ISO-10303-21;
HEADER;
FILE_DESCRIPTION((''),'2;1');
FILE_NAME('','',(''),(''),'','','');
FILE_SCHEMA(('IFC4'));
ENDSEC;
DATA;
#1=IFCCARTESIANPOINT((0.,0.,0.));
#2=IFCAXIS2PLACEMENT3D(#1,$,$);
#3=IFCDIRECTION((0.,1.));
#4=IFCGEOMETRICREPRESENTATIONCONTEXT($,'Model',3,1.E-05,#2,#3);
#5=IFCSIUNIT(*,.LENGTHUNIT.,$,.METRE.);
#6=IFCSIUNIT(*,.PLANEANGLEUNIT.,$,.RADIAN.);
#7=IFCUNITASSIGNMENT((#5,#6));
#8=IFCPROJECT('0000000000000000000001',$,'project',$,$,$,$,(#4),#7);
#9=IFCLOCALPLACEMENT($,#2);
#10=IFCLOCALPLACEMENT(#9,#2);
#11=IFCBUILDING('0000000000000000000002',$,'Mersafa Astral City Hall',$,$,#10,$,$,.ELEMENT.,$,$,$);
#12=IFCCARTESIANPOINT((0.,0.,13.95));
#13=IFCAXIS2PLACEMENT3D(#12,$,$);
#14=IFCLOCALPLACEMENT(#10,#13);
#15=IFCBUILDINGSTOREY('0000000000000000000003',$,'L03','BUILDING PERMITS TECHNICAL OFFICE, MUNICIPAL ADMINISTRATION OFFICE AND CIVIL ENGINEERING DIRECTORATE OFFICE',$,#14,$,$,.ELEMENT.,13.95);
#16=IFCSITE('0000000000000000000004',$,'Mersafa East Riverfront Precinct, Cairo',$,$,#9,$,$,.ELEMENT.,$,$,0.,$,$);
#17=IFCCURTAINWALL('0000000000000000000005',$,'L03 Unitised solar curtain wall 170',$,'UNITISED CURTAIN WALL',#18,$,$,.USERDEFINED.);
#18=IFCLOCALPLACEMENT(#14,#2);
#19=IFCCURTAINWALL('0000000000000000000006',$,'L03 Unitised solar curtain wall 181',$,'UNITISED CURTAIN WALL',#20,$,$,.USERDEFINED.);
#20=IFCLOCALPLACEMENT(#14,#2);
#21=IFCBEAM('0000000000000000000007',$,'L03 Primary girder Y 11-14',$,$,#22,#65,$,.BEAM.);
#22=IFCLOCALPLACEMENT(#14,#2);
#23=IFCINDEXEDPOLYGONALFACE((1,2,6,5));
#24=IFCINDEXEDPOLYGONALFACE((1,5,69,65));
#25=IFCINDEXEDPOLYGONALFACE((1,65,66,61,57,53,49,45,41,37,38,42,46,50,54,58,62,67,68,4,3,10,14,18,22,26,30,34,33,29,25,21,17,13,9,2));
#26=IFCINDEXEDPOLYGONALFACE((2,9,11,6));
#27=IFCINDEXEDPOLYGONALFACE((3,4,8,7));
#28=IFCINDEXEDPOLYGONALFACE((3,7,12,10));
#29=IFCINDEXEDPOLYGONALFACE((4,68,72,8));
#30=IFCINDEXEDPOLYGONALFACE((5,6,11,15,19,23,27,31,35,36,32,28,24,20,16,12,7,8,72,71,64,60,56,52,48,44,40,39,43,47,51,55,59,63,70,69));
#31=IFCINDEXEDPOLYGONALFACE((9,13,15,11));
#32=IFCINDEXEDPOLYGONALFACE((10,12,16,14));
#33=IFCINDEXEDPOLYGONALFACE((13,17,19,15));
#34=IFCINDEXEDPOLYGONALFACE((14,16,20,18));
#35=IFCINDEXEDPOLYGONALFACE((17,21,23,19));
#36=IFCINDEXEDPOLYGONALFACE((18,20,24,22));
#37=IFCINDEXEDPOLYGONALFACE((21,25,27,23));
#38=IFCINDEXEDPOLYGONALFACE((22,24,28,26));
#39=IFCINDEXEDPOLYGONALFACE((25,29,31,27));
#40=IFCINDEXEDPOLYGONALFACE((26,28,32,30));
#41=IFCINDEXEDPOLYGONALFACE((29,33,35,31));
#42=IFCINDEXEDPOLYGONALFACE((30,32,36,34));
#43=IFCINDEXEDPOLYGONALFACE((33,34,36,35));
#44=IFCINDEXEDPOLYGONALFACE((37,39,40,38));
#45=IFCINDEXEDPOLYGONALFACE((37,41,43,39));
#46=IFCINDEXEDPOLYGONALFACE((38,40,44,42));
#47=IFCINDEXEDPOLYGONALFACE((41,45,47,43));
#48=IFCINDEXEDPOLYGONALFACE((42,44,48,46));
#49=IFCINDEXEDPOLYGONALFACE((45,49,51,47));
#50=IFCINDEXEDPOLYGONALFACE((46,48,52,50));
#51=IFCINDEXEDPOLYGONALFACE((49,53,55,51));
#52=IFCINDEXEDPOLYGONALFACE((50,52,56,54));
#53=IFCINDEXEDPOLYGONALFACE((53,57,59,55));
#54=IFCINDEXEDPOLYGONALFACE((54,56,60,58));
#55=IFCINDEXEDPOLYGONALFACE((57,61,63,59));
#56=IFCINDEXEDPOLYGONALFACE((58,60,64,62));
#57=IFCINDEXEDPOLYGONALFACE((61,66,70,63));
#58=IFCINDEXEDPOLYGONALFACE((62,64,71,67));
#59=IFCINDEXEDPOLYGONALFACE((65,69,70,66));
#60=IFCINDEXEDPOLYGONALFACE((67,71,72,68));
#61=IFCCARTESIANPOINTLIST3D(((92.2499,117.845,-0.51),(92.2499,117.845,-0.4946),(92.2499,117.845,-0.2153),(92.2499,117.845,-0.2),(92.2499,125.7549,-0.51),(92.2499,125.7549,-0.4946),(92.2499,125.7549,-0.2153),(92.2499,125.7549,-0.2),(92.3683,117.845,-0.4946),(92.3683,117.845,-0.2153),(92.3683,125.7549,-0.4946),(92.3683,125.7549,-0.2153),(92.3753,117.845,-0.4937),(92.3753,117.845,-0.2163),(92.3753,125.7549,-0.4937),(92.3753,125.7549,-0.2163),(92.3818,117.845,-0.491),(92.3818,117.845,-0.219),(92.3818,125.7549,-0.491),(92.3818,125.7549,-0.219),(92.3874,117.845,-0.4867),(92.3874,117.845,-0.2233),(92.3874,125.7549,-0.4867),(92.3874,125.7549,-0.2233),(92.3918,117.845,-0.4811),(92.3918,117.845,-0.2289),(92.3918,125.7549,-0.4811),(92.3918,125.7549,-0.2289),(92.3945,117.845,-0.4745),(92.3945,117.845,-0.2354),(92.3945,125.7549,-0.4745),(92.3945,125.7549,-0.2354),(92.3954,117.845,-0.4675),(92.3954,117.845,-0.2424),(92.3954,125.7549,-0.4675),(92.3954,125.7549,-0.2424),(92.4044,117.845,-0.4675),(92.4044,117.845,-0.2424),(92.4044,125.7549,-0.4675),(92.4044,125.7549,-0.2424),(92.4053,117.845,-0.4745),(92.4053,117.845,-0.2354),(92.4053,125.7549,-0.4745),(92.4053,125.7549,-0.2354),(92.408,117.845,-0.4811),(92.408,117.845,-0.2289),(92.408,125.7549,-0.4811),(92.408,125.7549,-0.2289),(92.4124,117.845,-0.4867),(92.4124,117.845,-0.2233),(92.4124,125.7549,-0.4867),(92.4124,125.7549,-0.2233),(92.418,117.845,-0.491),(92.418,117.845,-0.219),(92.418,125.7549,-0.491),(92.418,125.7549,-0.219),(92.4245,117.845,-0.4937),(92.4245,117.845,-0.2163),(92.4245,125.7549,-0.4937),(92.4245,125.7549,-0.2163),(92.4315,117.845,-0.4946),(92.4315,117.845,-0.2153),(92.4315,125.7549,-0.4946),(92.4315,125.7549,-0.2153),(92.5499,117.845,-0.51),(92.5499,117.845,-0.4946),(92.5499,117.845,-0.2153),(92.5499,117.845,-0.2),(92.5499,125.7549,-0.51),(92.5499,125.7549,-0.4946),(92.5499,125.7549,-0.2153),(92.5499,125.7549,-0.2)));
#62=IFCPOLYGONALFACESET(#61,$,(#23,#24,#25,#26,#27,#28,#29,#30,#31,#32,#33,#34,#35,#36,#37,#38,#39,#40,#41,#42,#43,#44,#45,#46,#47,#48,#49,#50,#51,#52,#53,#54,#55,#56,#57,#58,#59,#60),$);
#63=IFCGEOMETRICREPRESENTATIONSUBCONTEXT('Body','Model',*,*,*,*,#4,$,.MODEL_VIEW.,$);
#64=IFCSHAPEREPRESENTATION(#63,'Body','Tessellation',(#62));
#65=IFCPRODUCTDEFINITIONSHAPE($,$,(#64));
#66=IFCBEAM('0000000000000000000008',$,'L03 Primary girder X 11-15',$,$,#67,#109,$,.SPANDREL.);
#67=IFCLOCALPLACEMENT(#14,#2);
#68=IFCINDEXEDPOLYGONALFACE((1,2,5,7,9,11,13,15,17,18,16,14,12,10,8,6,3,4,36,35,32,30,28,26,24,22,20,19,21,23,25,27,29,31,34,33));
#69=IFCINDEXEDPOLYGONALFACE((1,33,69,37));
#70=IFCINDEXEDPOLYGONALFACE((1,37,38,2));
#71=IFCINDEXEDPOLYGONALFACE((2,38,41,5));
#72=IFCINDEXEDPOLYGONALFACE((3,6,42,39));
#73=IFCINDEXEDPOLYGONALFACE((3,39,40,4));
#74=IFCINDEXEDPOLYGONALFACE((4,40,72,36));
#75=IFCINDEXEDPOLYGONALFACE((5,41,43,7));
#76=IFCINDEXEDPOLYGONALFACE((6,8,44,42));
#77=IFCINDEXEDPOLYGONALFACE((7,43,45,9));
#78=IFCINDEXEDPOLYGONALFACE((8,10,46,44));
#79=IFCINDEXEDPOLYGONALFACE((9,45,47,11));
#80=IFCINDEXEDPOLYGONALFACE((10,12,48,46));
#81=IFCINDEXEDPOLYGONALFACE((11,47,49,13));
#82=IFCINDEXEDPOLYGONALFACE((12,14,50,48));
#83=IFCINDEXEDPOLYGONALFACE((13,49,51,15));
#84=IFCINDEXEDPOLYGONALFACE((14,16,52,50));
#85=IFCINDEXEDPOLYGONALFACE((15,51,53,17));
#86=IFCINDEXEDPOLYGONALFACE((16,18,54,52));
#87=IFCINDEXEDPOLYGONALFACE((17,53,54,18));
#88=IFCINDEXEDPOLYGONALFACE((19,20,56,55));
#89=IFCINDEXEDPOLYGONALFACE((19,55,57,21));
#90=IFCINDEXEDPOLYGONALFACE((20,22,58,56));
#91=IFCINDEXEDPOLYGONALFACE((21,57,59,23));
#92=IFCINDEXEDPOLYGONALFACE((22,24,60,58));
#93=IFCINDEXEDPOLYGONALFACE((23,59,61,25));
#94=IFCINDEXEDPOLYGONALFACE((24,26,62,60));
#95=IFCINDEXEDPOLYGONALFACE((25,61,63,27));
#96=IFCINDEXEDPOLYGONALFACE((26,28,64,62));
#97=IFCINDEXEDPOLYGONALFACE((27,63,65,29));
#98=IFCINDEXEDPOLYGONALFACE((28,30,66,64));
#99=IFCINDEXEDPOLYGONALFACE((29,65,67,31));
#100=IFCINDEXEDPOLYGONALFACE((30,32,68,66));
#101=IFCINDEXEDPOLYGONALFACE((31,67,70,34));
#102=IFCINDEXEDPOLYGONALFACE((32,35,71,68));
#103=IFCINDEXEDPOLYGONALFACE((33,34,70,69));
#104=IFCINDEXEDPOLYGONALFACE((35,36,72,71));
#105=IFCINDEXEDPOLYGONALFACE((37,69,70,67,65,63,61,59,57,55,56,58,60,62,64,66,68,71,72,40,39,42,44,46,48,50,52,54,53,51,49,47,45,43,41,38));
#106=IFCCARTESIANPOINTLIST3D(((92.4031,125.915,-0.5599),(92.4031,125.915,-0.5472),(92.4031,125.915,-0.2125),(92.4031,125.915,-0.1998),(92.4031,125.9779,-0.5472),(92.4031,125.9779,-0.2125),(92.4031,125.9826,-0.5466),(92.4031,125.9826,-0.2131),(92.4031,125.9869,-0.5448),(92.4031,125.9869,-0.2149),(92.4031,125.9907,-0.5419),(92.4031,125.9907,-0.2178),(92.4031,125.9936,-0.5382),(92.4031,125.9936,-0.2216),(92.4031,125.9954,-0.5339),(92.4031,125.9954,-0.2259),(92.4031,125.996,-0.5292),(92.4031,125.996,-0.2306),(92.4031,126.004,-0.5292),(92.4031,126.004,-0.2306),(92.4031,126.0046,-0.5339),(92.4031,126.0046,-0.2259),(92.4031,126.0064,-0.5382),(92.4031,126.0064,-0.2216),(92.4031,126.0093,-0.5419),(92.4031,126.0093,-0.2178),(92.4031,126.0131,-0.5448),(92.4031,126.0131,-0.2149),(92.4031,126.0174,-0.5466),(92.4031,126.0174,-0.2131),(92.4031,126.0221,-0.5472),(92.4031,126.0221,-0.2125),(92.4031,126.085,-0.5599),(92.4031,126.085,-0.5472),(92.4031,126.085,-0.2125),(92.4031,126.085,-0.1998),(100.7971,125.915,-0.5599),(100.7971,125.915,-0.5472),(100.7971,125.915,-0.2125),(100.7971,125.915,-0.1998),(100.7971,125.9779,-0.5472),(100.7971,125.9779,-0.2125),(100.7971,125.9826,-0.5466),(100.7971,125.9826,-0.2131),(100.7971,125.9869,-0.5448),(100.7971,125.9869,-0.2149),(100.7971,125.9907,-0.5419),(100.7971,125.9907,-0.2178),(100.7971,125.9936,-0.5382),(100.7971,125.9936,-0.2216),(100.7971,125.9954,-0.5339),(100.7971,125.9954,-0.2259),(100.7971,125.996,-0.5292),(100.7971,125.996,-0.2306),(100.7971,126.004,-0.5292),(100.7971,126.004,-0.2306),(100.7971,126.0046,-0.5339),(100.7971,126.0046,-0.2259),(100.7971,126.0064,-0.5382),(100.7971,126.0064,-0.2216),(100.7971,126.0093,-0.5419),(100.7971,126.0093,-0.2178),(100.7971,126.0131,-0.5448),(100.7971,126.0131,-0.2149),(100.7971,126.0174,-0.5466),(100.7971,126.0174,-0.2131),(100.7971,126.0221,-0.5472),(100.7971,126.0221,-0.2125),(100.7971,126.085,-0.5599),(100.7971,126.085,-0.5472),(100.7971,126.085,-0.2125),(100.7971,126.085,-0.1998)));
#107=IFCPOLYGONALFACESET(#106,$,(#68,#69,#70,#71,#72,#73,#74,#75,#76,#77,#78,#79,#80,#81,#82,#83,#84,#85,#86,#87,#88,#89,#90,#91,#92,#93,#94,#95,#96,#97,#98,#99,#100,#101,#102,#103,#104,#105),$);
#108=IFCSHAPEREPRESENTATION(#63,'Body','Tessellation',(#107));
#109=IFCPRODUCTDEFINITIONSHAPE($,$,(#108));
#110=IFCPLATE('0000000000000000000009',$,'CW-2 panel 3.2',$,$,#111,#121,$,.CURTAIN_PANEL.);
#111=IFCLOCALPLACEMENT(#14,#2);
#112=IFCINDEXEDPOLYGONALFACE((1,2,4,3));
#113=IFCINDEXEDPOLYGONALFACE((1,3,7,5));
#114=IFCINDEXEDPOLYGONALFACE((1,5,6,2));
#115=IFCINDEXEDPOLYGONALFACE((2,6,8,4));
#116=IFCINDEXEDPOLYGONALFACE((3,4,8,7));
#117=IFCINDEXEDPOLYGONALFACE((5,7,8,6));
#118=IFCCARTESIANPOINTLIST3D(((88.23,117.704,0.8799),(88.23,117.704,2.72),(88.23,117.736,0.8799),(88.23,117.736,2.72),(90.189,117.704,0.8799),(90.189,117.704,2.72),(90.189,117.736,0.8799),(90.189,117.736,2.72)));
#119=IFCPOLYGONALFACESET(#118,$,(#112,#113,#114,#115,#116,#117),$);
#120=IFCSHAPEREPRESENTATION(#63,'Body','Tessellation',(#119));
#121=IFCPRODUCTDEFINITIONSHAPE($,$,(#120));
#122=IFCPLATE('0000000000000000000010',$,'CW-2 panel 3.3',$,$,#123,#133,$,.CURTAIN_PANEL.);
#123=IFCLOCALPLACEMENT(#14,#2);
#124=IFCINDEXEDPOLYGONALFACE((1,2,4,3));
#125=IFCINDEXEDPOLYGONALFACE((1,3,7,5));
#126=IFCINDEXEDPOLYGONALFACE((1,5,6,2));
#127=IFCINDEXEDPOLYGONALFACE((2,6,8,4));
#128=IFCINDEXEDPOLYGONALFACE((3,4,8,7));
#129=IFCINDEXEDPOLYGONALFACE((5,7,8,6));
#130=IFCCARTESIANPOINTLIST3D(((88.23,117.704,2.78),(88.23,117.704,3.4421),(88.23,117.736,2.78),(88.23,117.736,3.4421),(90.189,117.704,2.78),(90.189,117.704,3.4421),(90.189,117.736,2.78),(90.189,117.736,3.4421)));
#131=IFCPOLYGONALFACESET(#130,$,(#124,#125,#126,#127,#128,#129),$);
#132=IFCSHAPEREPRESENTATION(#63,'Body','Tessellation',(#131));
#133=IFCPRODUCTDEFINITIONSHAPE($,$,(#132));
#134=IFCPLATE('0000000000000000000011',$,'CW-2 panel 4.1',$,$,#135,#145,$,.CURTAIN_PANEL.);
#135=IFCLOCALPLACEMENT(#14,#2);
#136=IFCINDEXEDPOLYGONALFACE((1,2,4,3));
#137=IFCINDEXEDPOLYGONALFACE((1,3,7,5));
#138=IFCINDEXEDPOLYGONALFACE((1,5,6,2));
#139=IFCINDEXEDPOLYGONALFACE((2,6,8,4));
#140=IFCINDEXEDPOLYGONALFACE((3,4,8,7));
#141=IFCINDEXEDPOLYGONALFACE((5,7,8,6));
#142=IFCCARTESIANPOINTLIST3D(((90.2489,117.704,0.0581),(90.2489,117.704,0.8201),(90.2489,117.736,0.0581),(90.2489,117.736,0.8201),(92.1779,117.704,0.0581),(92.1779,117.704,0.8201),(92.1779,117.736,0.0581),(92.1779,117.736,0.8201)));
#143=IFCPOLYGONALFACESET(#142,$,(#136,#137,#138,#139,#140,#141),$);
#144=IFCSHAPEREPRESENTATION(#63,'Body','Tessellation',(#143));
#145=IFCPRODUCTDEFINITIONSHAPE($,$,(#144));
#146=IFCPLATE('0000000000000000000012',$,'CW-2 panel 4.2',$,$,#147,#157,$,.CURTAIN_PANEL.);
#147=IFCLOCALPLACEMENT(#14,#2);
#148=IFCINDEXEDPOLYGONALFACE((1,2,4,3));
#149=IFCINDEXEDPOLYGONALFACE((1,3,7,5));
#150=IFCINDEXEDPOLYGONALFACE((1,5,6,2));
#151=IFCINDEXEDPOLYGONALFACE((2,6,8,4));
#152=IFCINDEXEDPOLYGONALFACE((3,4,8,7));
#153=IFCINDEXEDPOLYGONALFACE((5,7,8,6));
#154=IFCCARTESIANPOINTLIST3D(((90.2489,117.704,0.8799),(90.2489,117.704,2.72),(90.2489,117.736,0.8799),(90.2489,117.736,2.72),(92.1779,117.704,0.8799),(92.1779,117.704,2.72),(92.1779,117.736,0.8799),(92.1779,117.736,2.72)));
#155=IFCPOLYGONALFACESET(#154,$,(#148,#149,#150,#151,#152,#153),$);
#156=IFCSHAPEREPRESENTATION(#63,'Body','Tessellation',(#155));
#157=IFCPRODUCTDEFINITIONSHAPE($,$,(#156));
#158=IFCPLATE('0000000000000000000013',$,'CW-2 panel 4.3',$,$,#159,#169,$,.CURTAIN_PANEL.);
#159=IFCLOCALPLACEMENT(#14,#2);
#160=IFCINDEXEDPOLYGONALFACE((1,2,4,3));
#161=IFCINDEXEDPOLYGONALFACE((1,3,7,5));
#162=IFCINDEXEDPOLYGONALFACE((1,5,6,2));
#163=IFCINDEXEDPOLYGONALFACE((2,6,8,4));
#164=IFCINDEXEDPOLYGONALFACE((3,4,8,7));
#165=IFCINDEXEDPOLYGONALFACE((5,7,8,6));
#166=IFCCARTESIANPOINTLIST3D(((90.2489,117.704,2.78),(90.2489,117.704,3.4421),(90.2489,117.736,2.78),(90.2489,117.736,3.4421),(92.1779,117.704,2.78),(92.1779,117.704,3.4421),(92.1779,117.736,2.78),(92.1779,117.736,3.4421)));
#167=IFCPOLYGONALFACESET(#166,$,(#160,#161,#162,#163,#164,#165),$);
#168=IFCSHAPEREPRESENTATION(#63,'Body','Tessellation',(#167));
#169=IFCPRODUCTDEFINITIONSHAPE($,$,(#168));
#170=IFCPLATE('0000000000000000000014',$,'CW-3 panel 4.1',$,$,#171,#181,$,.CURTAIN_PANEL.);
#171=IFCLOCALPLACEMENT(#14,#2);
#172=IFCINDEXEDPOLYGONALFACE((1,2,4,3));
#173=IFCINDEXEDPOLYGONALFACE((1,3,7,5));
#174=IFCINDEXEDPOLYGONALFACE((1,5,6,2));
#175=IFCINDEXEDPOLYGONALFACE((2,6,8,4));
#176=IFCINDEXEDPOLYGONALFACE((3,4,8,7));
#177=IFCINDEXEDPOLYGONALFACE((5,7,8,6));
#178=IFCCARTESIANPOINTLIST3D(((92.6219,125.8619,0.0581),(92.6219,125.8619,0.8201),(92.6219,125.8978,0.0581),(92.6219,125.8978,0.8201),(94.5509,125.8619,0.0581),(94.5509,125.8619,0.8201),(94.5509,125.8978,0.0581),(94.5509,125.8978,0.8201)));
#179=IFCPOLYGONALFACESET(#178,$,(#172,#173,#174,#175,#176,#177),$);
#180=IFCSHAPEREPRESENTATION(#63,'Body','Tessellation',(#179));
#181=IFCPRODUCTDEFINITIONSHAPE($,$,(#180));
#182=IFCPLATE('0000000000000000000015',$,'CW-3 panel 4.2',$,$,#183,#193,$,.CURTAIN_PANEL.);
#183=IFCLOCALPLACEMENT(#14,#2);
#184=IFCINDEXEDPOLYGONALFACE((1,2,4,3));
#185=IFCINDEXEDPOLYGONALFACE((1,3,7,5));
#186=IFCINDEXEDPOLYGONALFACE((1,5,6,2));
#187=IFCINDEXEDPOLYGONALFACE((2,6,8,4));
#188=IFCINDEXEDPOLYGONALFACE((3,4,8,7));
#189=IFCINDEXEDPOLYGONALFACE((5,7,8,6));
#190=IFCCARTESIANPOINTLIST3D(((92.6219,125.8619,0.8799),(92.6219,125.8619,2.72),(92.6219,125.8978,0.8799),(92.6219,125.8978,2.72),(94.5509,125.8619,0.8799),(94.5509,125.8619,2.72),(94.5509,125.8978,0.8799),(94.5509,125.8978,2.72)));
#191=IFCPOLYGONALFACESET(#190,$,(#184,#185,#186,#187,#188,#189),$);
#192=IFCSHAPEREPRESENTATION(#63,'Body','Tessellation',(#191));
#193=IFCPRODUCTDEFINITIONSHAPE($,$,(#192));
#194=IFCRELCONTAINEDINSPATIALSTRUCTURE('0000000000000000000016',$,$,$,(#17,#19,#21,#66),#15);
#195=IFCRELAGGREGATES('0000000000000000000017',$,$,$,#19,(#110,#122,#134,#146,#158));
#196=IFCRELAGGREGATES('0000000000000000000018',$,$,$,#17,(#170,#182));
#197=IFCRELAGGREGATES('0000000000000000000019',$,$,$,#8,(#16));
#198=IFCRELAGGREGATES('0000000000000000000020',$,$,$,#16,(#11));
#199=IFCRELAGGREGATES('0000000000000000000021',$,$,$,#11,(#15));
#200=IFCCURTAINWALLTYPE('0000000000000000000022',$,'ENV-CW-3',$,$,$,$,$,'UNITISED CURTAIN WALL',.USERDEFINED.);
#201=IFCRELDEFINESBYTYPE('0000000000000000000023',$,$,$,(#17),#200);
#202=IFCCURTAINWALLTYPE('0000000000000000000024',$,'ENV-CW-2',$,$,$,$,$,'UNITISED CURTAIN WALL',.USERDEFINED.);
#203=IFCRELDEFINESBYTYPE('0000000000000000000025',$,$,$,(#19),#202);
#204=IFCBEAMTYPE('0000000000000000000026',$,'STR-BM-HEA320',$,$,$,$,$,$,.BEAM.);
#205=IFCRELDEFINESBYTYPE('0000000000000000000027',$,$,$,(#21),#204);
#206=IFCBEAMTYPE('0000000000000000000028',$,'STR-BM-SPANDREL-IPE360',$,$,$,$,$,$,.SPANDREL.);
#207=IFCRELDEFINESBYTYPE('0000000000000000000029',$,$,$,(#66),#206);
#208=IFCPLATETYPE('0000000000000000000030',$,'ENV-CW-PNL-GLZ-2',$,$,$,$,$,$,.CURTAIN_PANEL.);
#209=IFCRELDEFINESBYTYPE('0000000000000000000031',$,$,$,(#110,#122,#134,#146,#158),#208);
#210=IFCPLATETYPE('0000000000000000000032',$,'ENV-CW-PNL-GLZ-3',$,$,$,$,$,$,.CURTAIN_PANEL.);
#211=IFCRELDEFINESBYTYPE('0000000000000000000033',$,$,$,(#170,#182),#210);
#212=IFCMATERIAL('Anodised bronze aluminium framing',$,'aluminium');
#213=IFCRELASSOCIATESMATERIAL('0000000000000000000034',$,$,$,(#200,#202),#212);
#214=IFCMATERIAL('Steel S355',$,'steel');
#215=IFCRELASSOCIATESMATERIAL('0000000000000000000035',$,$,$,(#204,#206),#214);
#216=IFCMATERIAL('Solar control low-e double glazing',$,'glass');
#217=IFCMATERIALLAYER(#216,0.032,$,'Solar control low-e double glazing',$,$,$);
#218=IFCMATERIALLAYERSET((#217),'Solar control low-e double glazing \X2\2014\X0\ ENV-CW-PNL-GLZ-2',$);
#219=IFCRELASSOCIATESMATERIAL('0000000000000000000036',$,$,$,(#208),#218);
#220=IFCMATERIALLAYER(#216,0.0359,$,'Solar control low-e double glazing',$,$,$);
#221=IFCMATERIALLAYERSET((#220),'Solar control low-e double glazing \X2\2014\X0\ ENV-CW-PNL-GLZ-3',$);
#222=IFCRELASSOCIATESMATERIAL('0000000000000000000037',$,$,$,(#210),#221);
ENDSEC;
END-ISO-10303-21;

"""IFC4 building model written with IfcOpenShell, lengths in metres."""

from ifc_helpers import new_model, si_unit, direction, frame, origin, origin_2d, place, context, subcontext, project, spatial, rectangle, i_section, extrude, material, layer, layer_set, material_profile, profile_set, type_object, element, aggregate, save


model = new_model("IFC4")

# Units and contexts
model_context = context("Model", 3, precision=1e-05, world=origin(), true_north=direction((0.0, 1.0)))
body_context = subcontext(model_context, "Body", "Model", "MODEL_VIEW")
ifc_project = project(units=[si_unit("LENGTHUNIT", "METRE"), si_unit("PLANEANGLEUNIT", "RADIAN")], contexts=[model_context])

# Site, building, storey
site_placement = place(None, origin())
site = spatial("IfcSite", under=ifc_project, at=site_placement, Name="Mersafa East Riverfront Precinct, Cairo", CompositionType="ELEMENT", RefElevation=0.0)
building_placement = place(site_placement, origin())
building = spatial("IfcBuilding", under=site, at=building_placement, Name="Mersafa Astral City Hall", CompositionType="ELEMENT")
storey_placement = place(building_placement, frame((0.0, 0.0, 13.95)))
storey = spatial("IfcBuildingStorey", under=building, at=storey_placement, Name="L03", Description="BUILDING PERMITS TECHNICAL OFFICE, MUNICIPAL ADMINISTRATION OFFICE AND CIVIL ENGINEERING DIRECTORATE OFFICE", CompositionType="ELEMENT", Elevation=13.95)

# Shared definitions
ifc_material_1 = material(Name="Steel S355", Category="steel")

# Curtain wall
ifc_material_2 = material(Name="Anodised bronze aluminium framing", Category="aluminium")
curtain_wall_type_1 = type_object("IfcCurtainWallType", Name="ENV-CW-3", ElementType="UNITISED CURTAIN WALL", PredefinedType="USERDEFINED", material=ifc_material_2)
curtain_wall_1_placement = place(storey_placement, origin())
curtain_wall_1 = element("IfcCurtainWall", 1, at=curtain_wall_1_placement, inside=storey, type_object=curtain_wall_type_1, Name="L03 Unitised solar curtain wall 170", ObjectType="UNITISED CURTAIN WALL", PredefinedType="USERDEFINED")

# Curtain wall
curtain_wall_type_2 = type_object("IfcCurtainWallType", Name="ENV-CW-2", ElementType="UNITISED CURTAIN WALL", PredefinedType="USERDEFINED", material=ifc_material_2)
curtain_wall_2_placement = place(storey_placement, origin())
curtain_wall_2 = element("IfcCurtainWall", 2, at=curtain_wall_2_placement, inside=storey, type_object=curtain_wall_type_2, Name="L03 Unitised solar curtain wall 181", ObjectType="UNITISED CURTAIN WALL", PredefinedType="USERDEFINED")

# Beams
ifc_material_profile_1 = material_profile(ifc_material_1, i_section(OverallWidth=0.3, OverallDepth=0.3101, WebThickness=0.009, FlangeThickness=0.0154, FilletRadius=0.0271, at=origin_2d()), Name="HEA 320")
ifc_profile_set_1 = profile_set([ifc_material_profile_1], Name="Steel S355")
beam_type_1 = type_object("IfcBeamType", Name="STR-BM-HEA320", PredefinedType="BEAM", material=ifc_profile_set_1)
beam_1_placement = place(storey_placement, frame((92.3999, 117.845, -0.355), z_axis=(0.0, 1.0, 0.0), x_axis=(-1.0, 0.0, 0.0)))
element("IfcBeam", 3, at=beam_1_placement, inside=storey, type_object=beam_type_1, Name="L03 Primary girder Y 11-14", PredefinedType="BEAM", context=body_context, shape_type="SweptSolid", body=[
    extrude(i_section(OverallWidth=0.3, OverallDepth=0.3101, WebThickness=0.009, FlangeThickness=0.0154, FilletRadius=0.0271, at=origin_2d()), origin(), (0.0, 0.0, 1.0), 7.9099),
])
ifc_material_profile_2 = material_profile(ifc_material_1, i_section(OverallWidth=0.1699, OverallDepth=0.3601, WebThickness=0.0081, FlangeThickness=0.0127, FilletRadius=0.0181, at=origin_2d()), Name="IPE 360")
ifc_profile_set_2 = profile_set([ifc_material_profile_2], Name="Steel S355")
beam_type_2 = type_object("IfcBeamType", Name="STR-BM-SPANDREL-IPE360", PredefinedType="SPANDREL", material=ifc_profile_set_2)
beam_2_placement = place(storey_placement, frame((92.4031, 126.0, -0.3799), z_axis=(1.0, 0.0, 0.0), x_axis=(0.0, 1.0, 0.0)))
element("IfcBeam", 4, at=beam_2_placement, inside=storey, type_object=beam_type_2, Name="L03 Primary girder X 11-15", PredefinedType="SPANDREL", context=body_context, shape_type="SweptSolid", body=[
    extrude(i_section(OverallWidth=0.1699, OverallDepth=0.3601, WebThickness=0.0081, FlangeThickness=0.0127, FilletRadius=0.0181, at=origin_2d()), origin(), (0.0, 0.0, 1.0), 8.394),
])

# Plates
ifc_material_3 = material(Name="Solar control low-e double glazing", Category="glass")
ifc_layer_1 = layer(ifc_material_3, 0.032, Name="Solar control low-e double glazing")
ifc_layer_set_1 = layer_set([ifc_layer_1], Name="Solar control low-e double glazing — ENV-CW-PNL-GLZ-2")
plate_type_1 = type_object("IfcPlateType", Name="ENV-CW-PNL-GLZ-2", PredefinedType="CURTAIN_PANEL", material=ifc_layer_set_1)
plate_1_placement = place(storey_placement, frame((89.2095, 117.72, 0.8799), z_axis=(0.0, 0.0, 1.0), x_axis=(1.0, 0.0, 0.0)))
plate_1 = element("IfcPlate", 5, at=plate_1_placement, type_object=plate_type_1, Name="CW-2 panel 3.2", PredefinedType="CURTAIN_PANEL", context=body_context, shape_type="SweptSolid", body=[
    extrude(rectangle(XDim=1.959, YDim=0.032, at=origin_2d()), origin(), (0.0, 0.0, 1.0), 1.8401),
])
plate_2_placement = place(storey_placement, frame((89.2095, 117.72, 2.78), z_axis=(0.0, 0.0, 1.0), x_axis=(1.0, 0.0, 0.0)))
plate_2 = element("IfcPlate", 6, at=plate_2_placement, type_object=plate_type_1, Name="CW-2 panel 3.3", PredefinedType="CURTAIN_PANEL", context=body_context, shape_type="SweptSolid", body=[
    extrude(rectangle(XDim=1.959, YDim=0.032, at=origin_2d()), origin(), (0.0, 0.0, 1.0), 0.6621),
])
plate_3_placement = place(storey_placement, frame((91.2134, 117.72, 0.0581), z_axis=(0.0, 0.0, 1.0), x_axis=(1.0, 0.0, 0.0)))
plate_3 = element("IfcPlate", 7, at=plate_3_placement, type_object=plate_type_1, Name="CW-2 panel 4.1", PredefinedType="CURTAIN_PANEL", context=body_context, shape_type="SweptSolid", body=[
    extrude(rectangle(XDim=1.929, YDim=0.032, at=origin_2d()), origin(), (0.0, 0.0, 1.0), 0.762),
])
plate_4_placement = place(storey_placement, frame((91.2134, 117.72, 0.8799), z_axis=(0.0, 0.0, 1.0), x_axis=(1.0, 0.0, 0.0)))
plate_4 = element("IfcPlate", 8, at=plate_4_placement, type_object=plate_type_1, Name="CW-2 panel 4.2", PredefinedType="CURTAIN_PANEL", context=body_context, shape_type="SweptSolid", body=[
    extrude(rectangle(XDim=1.929, YDim=0.032, at=origin_2d()), origin(), (0.0, 0.0, 1.0), 1.8401),
])
plate_5_placement = place(storey_placement, frame((91.2134, 117.72, 2.78), z_axis=(0.0, 0.0, 1.0), x_axis=(1.0, 0.0, 0.0)))
plate_5 = element("IfcPlate", 9, at=plate_5_placement, type_object=plate_type_1, Name="CW-2 panel 4.3", PredefinedType="CURTAIN_PANEL", context=body_context, shape_type="SweptSolid", body=[
    extrude(rectangle(XDim=1.929, YDim=0.032, at=origin_2d()), origin(), (0.0, 0.0, 1.0), 0.6621),
])
aggregate(curtain_wall_2, [plate_1, plate_2, plate_3, plate_4, plate_5])
ifc_layer_2 = layer(ifc_material_3, 0.0359, Name="Solar control low-e double glazing")
ifc_layer_set_2 = layer_set([ifc_layer_2], Name="Solar control low-e double glazing — ENV-CW-PNL-GLZ-3")
plate_type_2 = type_object("IfcPlateType", Name="ENV-CW-PNL-GLZ-3", PredefinedType="CURTAIN_PANEL", material=ifc_layer_set_2)
plate_6_placement = place(storey_placement, frame((93.5864, 125.8799, 0.0581), z_axis=(0.0, 0.0, 1.0), x_axis=(-1.0, 0.0, 0.0)))
plate_6 = element("IfcPlate", 10, at=plate_6_placement, type_object=plate_type_2, Name="CW-3 panel 4.1", PredefinedType="CURTAIN_PANEL", context=body_context, shape_type="SweptSolid", body=[
    extrude(rectangle(XDim=1.929, YDim=0.0359, at=origin_2d()), origin(), (0.0, 0.0, 1.0), 0.762),
])
plate_7_placement = place(storey_placement, frame((93.5864, 125.8799, 0.8799), z_axis=(0.0, 0.0, 1.0), x_axis=(-1.0, 0.0, 0.0)))
plate_7 = element("IfcPlate", 11, at=plate_7_placement, type_object=plate_type_2, Name="CW-3 panel 4.2", PredefinedType="CURTAIN_PANEL", context=body_context, shape_type="SweptSolid", body=[
    extrude(rectangle(XDim=1.929, YDim=0.0359, at=origin_2d()), origin(), (0.0, 0.0, 1.0), 1.8401),
])
aggregate(curtain_wall_1, [plate_6, plate_7])

save(model, "model.ifc")
